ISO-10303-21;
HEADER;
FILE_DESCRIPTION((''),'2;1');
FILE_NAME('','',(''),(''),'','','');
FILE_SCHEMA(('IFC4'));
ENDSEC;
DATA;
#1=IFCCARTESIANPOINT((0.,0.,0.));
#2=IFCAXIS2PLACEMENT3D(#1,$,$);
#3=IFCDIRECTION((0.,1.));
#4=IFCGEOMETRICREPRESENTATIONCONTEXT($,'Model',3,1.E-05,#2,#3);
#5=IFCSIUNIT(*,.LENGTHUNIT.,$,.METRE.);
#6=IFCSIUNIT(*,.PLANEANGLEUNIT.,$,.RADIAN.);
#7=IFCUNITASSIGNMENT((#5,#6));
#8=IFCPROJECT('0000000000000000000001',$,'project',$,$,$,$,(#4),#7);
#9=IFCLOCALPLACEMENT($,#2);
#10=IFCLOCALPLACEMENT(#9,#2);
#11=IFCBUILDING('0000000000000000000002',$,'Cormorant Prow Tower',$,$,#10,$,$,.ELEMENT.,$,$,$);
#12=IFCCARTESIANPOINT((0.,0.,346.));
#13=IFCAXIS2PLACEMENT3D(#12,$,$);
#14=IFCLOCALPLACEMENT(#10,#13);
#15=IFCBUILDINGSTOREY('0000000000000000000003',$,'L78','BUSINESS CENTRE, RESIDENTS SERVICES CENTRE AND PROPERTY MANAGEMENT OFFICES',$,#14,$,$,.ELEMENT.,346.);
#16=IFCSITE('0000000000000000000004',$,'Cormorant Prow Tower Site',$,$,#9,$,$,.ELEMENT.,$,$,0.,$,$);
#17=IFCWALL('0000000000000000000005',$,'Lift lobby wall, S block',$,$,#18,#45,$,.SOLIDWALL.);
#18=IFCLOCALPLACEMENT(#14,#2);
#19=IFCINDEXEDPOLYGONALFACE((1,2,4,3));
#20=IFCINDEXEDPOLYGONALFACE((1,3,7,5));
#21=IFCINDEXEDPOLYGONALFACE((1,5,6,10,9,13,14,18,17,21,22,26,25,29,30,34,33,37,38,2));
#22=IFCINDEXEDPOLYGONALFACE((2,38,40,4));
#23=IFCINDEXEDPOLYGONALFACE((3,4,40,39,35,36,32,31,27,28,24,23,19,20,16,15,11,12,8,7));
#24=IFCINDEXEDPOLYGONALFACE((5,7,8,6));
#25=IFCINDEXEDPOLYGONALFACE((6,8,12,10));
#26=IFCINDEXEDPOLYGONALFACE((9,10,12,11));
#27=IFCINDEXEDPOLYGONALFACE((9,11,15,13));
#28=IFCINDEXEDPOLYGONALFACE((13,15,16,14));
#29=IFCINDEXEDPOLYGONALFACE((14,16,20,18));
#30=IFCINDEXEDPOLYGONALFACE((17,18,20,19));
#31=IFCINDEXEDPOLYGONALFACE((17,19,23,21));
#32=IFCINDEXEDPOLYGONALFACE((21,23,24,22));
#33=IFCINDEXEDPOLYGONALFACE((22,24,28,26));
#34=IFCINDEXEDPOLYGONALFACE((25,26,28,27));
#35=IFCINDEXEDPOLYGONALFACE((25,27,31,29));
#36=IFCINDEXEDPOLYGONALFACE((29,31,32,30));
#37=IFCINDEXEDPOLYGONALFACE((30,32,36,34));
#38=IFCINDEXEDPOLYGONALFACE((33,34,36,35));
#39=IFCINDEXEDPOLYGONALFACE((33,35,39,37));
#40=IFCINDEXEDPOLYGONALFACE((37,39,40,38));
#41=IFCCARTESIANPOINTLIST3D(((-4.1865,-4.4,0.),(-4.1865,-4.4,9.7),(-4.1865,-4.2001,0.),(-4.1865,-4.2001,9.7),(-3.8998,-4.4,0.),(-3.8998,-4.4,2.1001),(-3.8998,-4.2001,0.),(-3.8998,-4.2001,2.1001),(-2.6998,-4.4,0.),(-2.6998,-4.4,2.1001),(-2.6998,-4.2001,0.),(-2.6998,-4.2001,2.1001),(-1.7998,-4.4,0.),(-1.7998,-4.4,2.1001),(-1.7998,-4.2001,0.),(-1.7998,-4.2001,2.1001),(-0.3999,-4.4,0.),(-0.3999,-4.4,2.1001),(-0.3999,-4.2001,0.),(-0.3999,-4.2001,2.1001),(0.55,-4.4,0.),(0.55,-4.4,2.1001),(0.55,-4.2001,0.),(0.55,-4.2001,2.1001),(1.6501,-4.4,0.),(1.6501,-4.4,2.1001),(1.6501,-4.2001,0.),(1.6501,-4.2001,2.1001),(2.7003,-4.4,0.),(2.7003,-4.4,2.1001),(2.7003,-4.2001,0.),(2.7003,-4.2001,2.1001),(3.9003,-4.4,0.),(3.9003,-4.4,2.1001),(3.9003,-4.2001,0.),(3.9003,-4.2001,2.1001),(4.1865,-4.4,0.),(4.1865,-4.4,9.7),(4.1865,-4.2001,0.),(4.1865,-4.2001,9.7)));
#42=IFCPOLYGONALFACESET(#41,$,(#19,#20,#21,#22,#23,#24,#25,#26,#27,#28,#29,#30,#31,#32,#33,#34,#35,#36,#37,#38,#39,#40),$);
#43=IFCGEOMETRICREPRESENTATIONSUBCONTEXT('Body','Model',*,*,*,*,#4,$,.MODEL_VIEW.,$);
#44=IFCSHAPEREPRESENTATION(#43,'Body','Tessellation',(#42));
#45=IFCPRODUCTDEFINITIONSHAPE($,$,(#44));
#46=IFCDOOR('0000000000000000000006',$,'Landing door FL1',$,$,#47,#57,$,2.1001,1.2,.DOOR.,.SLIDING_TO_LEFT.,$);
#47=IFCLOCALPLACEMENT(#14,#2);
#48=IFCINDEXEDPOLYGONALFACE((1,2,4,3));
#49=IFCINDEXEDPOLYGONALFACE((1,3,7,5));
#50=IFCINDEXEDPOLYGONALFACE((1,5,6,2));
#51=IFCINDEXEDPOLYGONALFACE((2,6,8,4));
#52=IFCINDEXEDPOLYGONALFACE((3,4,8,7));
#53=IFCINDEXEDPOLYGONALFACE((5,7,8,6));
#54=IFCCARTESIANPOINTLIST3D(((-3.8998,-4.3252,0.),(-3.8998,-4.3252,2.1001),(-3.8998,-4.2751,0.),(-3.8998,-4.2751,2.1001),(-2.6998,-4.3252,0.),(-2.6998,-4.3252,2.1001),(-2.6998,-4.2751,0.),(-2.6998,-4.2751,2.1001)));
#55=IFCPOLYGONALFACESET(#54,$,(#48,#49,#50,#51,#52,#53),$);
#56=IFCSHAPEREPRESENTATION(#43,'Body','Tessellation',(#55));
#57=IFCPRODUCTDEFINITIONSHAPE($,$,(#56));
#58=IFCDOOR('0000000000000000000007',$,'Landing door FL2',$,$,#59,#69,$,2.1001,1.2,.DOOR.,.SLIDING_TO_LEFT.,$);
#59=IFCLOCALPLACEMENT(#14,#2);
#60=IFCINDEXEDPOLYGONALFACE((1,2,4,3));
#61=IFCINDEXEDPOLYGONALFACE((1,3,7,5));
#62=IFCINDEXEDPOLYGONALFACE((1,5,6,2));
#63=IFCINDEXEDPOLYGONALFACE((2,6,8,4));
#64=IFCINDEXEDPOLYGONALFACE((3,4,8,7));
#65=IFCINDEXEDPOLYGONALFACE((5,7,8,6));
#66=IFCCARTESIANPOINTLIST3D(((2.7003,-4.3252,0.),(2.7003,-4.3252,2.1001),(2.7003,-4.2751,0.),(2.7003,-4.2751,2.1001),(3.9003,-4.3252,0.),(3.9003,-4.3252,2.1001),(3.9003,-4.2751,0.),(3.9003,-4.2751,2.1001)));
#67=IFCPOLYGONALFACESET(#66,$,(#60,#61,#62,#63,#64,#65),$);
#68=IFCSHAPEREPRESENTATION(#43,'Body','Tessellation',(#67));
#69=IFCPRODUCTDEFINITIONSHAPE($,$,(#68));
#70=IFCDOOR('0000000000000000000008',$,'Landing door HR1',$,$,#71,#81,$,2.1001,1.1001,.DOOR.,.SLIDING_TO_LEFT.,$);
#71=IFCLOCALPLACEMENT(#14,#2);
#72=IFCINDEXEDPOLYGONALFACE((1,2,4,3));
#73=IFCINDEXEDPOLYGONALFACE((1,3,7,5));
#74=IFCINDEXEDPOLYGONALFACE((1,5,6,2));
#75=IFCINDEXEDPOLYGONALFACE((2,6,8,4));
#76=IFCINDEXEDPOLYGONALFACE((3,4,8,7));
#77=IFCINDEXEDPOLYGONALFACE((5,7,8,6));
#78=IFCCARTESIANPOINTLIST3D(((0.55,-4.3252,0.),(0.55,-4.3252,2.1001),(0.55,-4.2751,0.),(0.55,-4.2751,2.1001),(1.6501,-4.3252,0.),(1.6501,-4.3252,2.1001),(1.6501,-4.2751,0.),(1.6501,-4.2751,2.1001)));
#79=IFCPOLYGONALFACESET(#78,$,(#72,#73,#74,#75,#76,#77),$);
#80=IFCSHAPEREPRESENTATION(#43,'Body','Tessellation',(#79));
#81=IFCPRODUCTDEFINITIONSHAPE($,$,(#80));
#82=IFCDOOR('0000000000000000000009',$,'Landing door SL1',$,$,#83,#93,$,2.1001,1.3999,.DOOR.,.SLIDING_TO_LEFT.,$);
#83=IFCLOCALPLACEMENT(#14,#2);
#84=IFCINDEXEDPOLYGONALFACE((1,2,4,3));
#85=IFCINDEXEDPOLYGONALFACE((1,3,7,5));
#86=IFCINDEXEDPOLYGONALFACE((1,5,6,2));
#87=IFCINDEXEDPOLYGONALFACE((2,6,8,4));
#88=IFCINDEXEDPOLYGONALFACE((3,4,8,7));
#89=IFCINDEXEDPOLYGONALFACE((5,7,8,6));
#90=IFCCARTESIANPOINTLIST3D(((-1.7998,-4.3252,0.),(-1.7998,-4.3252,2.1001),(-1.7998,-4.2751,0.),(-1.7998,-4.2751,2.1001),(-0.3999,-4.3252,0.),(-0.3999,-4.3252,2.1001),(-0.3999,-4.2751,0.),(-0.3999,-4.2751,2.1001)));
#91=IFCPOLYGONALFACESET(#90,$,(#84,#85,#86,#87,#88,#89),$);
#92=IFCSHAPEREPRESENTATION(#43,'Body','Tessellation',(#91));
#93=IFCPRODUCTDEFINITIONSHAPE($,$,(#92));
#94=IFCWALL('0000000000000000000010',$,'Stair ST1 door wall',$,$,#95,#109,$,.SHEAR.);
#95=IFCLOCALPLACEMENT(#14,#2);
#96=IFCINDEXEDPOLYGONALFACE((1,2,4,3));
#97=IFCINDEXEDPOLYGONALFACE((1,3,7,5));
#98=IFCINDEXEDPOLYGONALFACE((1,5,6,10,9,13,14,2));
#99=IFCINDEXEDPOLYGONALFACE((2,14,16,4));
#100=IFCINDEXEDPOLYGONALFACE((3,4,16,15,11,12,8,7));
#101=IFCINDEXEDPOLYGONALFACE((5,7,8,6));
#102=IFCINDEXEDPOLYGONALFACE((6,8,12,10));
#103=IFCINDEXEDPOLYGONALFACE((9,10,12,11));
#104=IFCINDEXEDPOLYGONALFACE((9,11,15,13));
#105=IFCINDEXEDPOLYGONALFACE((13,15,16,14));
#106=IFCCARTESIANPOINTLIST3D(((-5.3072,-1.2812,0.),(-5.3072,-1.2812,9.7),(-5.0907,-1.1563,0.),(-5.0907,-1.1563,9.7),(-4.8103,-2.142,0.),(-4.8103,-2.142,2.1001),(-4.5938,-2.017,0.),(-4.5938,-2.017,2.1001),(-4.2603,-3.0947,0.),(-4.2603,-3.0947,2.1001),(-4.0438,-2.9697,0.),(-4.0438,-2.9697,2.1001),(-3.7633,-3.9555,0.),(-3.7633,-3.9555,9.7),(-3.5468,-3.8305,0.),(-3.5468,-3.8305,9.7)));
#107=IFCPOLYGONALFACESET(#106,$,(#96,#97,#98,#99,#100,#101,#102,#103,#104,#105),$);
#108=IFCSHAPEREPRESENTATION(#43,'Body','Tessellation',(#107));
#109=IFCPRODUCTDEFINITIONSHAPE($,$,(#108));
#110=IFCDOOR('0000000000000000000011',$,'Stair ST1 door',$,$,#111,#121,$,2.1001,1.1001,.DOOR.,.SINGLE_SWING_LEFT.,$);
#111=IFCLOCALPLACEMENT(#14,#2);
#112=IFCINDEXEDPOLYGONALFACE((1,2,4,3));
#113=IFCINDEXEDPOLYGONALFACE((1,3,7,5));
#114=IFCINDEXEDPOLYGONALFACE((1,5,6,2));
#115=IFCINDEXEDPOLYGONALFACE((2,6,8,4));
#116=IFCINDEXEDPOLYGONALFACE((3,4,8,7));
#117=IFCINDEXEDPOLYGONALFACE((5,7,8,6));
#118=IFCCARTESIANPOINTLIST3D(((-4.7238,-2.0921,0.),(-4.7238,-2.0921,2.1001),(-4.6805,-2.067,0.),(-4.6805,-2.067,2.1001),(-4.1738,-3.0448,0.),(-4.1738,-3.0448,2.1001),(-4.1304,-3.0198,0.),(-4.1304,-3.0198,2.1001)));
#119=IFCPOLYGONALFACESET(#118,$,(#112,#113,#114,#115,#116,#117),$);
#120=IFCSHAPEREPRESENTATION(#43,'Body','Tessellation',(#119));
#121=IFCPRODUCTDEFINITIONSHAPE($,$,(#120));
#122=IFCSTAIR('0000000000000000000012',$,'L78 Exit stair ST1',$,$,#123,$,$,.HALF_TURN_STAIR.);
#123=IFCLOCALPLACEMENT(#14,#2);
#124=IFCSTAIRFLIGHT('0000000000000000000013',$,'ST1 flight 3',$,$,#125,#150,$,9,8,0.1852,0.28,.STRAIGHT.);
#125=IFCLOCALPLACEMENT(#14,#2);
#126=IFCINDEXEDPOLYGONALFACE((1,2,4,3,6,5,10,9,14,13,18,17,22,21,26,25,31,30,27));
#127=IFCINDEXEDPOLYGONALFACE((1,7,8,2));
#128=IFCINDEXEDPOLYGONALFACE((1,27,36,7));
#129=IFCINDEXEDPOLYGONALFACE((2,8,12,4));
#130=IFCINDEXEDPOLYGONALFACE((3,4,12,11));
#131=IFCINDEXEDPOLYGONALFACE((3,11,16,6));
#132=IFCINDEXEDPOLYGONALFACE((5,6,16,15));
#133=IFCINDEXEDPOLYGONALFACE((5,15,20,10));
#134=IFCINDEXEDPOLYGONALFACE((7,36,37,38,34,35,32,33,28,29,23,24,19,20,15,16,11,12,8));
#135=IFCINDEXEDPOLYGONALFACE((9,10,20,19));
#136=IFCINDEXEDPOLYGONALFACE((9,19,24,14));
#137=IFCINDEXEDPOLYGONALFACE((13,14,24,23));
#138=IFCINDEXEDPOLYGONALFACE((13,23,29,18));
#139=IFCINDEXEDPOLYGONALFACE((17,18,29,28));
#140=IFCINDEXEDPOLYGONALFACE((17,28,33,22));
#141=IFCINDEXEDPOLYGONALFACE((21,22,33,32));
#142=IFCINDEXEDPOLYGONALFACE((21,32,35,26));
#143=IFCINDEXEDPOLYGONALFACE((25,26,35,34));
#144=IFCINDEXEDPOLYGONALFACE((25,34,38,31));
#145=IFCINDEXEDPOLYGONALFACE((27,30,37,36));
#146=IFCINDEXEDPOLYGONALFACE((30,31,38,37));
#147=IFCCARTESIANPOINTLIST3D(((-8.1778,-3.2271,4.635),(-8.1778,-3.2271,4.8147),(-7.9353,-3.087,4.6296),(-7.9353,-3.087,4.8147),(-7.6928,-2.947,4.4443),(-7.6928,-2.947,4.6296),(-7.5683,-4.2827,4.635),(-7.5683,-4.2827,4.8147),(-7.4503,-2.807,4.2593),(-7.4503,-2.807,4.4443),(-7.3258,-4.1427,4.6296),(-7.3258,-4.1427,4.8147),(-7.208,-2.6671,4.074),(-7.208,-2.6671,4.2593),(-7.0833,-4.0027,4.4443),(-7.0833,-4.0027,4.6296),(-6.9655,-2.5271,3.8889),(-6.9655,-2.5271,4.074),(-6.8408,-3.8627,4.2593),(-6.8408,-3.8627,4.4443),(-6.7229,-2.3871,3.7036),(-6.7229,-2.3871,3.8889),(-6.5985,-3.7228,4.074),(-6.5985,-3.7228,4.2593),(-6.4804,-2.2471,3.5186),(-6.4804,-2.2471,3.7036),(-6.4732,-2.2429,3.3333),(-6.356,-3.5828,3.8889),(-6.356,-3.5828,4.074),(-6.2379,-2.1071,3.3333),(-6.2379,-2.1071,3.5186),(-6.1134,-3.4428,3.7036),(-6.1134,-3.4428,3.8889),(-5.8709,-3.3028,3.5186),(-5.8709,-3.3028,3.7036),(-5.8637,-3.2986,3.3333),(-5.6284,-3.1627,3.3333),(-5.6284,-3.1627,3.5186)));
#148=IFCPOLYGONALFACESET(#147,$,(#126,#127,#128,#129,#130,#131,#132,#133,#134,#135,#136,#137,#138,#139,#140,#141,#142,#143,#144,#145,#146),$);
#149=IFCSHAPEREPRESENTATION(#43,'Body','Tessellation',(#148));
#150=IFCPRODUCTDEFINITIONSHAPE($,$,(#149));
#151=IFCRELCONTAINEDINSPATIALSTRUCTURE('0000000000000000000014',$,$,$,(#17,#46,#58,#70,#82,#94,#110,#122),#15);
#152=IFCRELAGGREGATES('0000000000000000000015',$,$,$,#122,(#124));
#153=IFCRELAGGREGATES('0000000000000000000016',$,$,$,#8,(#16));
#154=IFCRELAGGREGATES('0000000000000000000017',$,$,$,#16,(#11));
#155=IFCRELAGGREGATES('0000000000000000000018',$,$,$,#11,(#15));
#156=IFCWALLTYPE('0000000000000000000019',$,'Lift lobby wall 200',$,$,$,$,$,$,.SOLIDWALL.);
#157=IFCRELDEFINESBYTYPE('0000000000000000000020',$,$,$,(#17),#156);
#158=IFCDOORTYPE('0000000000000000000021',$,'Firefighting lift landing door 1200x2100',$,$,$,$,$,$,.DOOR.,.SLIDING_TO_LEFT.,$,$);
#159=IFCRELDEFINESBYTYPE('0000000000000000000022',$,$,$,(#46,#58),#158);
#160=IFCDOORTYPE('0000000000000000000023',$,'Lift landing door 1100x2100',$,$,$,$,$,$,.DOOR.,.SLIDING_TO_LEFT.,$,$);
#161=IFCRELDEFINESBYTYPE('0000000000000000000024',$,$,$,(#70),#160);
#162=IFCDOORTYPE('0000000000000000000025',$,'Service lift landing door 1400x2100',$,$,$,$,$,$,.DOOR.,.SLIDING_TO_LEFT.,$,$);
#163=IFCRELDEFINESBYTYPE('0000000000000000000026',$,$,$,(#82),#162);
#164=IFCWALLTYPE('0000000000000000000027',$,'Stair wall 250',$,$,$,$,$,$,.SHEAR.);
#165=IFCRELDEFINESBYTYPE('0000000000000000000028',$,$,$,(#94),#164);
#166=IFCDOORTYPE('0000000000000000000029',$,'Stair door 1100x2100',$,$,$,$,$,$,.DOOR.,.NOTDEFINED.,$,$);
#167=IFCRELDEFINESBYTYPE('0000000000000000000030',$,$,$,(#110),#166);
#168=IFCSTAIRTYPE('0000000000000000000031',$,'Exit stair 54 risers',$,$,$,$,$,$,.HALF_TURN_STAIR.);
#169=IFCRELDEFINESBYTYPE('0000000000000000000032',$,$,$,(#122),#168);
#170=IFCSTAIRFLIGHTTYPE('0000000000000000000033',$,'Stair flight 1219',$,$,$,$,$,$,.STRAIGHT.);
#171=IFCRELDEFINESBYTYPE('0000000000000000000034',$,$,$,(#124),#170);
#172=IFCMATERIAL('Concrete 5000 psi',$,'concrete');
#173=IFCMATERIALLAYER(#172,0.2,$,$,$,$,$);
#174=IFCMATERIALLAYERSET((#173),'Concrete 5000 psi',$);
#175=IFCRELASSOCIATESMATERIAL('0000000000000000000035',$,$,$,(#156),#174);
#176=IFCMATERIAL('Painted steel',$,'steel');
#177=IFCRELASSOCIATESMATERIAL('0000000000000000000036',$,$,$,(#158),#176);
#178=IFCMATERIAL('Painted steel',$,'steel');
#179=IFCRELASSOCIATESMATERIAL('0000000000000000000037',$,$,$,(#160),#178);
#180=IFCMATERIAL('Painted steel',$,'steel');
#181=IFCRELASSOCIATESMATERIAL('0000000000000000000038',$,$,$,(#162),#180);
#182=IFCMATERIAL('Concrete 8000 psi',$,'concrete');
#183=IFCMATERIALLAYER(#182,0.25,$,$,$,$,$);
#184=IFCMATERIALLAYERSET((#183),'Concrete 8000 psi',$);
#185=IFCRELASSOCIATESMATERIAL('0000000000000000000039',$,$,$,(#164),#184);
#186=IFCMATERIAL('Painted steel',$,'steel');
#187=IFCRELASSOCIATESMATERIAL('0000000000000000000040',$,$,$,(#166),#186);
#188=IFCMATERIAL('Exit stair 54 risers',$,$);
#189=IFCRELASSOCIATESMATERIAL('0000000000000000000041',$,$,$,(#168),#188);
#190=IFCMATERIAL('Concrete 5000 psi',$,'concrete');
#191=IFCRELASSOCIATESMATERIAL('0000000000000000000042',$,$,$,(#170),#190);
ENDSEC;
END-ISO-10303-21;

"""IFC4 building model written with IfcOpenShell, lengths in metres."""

from ifc_helpers import new_model, si_unit, direction, frame, frame_2d, origin, place, context, subcontext, project, spatial, polyline, rectangle, outline, extrude, material, layer, layer_set, type_object, element, fill, aggregate, save


model = new_model("IFC4")

# Units and contexts
model_context = context("Model", 3, precision=1e-05, world=origin(), true_north=direction((0.0, 1.0)))
body_context = subcontext(model_context, "Body", "Model", "MODEL_VIEW")
ifc_project = project(units=[si_unit("LENGTHUNIT", "METRE"), si_unit("PLANEANGLEUNIT", "RADIAN")], contexts=[model_context])

# Site, building, storey
site_placement = place(None, origin())
site = spatial("IfcSite", under=ifc_project, at=site_placement, Name="Cormorant Prow Tower Site", CompositionType="ELEMENT", RefElevation=0.0)
building_placement = place(site_placement, origin())
building = spatial("IfcBuilding", under=site, at=building_placement, Name="Cormorant Prow Tower", CompositionType="ELEMENT")
storey_placement = place(building_placement, frame((0.0, 0.0, 346.0)))
storey = spatial("IfcBuildingStorey", under=building, at=storey_placement, Name="L78", Description="BUSINESS CENTRE, RESIDENTS SERVICES CENTRE AND PROPERTY MANAGEMENT OFFICES", CompositionType="ELEMENT", Elevation=346.0)

# Wall, openings, doors
ifc_material_1 = material(Name="Concrete 5000 psi", Category="concrete")
ifc_layer_1 = layer(ifc_material_1, 0.2)
ifc_layer_set_1 = layer_set([ifc_layer_1], Name="Concrete 5000 psi")
wall_type_1 = type_object("IfcWallType", Name="Lift lobby wall 200", PredefinedType="SOLIDWALL", material=ifc_layer_set_1)
wall_1_placement = place(storey_placement, frame((-4.1865, -4.3, 0.0), z_axis=(0.0, 0.0, 1.0), x_axis=(1.0, 0.0, 0.0)))
wall_1 = element("IfcWall", 1, at=wall_1_placement, inside=storey, type_object=wall_type_1, Name="Lift lobby wall, S block", PredefinedType="SOLIDWALL", context=body_context, shape_type="SweptSolid", body=[
    extrude(rectangle(XDim=8.373, YDim=0.2, at=frame_2d((4.1865, 0.0))), origin(), (0.0, 0.0, 1.0), 9.7),
])
opening_1_placement = place(wall_1_placement, frame((0.2866, 0.0, 0.0)))
opening_1 = element("IfcOpeningElement", 2, at=opening_1_placement, cuts=wall_1, PredefinedType="OPENING", context=body_context, shape_type="SweptSolid", body=[
    extrude(rectangle(XDim=1.2, YDim=2.1001, at=frame_2d((0.6001, 1.05))), frame((0.0, 0.1099, 0.0), z_axis=(0.0, -1.0, 0.0), x_axis=(1.0, 0.0, 0.0)), (0.0, 0.0, 1.0), 0.22),
])
opening_2_placement = place(wall_1_placement, frame((2.3867, 0.0, 0.0)))
opening_2 = element("IfcOpeningElement", 3, at=opening_2_placement, cuts=wall_1, PredefinedType="OPENING", context=body_context, shape_type="SweptSolid", body=[
    extrude(rectangle(XDim=1.3999, YDim=2.1001, at=frame_2d((0.7, 1.05))), frame((0.0, 0.1099, 0.0), z_axis=(0.0, -1.0, 0.0), x_axis=(1.0, 0.0, 0.0)), (0.0, 0.0, 1.0), 0.22),
])
opening_3_placement = place(wall_1_placement, frame((4.7366, 0.0, 0.0)))
opening_3 = element("IfcOpeningElement", 4, at=opening_3_placement, cuts=wall_1, PredefinedType="OPENING", context=body_context, shape_type="SweptSolid", body=[
    extrude(rectangle(XDim=1.1001, YDim=2.1001, at=frame_2d((0.55, 1.05))), frame((0.0, 0.1099, 0.0), z_axis=(0.0, -1.0, 0.0), x_axis=(1.0, 0.0, 0.0)), (0.0, 0.0, 1.0), 0.22),
])
opening_4_placement = place(wall_1_placement, frame((6.8867, 0.0, 0.0)))
opening_4 = element("IfcOpeningElement", 5, at=opening_4_placement, cuts=wall_1, PredefinedType="OPENING", context=body_context, shape_type="SweptSolid", body=[
    extrude(rectangle(XDim=1.2, YDim=2.1001, at=frame_2d((0.6001, 1.05))), frame((0.0, 0.1099, 0.0), z_axis=(0.0, -1.0, 0.0), x_axis=(1.0, 0.0, 0.0)), (0.0, 0.0, 1.0), 0.22),
])
ifc_material_2 = material(Name="Painted steel", Category="steel")
door_type_1 = type_object("IfcDoorType", Name="Firefighting lift landing door 1200x2100", OperationType="SLIDING_TO_LEFT", PredefinedType="DOOR", material=ifc_material_2)
door_1_placement = place(opening_1_placement, origin())
door_1 = element("IfcDoor", 6, at=door_1_placement, inside=storey, type_object=door_type_1, Name="Landing door FL1", OperationType="SLIDING_TO_LEFT", OverallHeight=2.1001, OverallWidth=1.2, PredefinedType="DOOR", context=body_context, shape_type="SweptSolid", body=[
    extrude(rectangle(XDim=1.2, YDim=2.1001, at=frame_2d((0.6001, 1.05))), frame((0.0, 0.0249, 0.0), z_axis=(0.0, -1.0, 0.0), x_axis=(1.0, 0.0, 0.0)), (0.0, 0.0, 1.0), 0.05),
])
fill(opening_1, door_1)
door_2_placement = place(opening_4_placement, origin())
door_2 = element("IfcDoor", 7, at=door_2_placement, inside=storey, type_object=door_type_1, Name="Landing door FL2", OperationType="SLIDING_TO_LEFT", OverallHeight=2.1001, OverallWidth=1.2, PredefinedType="DOOR", context=body_context, shape_type="SweptSolid", body=[
    extrude(rectangle(XDim=1.2, YDim=2.1001, at=frame_2d((0.6001, 1.05))), frame((0.0, 0.0249, 0.0), z_axis=(0.0, -1.0, 0.0), x_axis=(1.0, 0.0, 0.0)), (0.0, 0.0, 1.0), 0.05),
])
fill(opening_4, door_2)
ifc_material_3 = material(Name="Painted steel", Category="steel")
door_type_2 = type_object("IfcDoorType", Name="Lift landing door 1100x2100", OperationType="SLIDING_TO_LEFT", PredefinedType="DOOR", material=ifc_material_3)
door_3_placement = place(opening_3_placement, origin())
door_3 = element("IfcDoor", 8, at=door_3_placement, inside=storey, type_object=door_type_2, Name="Landing door HR1", OperationType="SLIDING_TO_LEFT", OverallHeight=2.1001, OverallWidth=1.1001, PredefinedType="DOOR", context=body_context, shape_type="SweptSolid", body=[
    extrude(rectangle(XDim=1.1001, YDim=2.1001, at=frame_2d((0.55, 1.05))), frame((0.0, 0.0249, 0.0), z_axis=(0.0, -1.0, 0.0), x_axis=(1.0, 0.0, 0.0)), (0.0, 0.0, 1.0), 0.05),
])
fill(opening_3, door_3)
ifc_material_4 = material(Name="Painted steel", Category="steel")
door_type_3 = type_object("IfcDoorType", Name="Service lift landing door 1400x2100", OperationType="SLIDING_TO_LEFT", PredefinedType="DOOR", material=ifc_material_4)
door_4_placement = place(opening_2_placement, origin())
door_4 = element("IfcDoor", 9, at=door_4_placement, inside=storey, type_object=door_type_3, Name="Landing door SL1", OperationType="SLIDING_TO_LEFT", OverallHeight=2.1001, OverallWidth=1.3999, PredefinedType="DOOR", context=body_context, shape_type="SweptSolid", body=[
    extrude(rectangle(XDim=1.3999, YDim=2.1001, at=frame_2d((0.7, 1.05))), frame((0.0, 0.0249, 0.0), z_axis=(0.0, -1.0, 0.0), x_axis=(1.0, 0.0, 0.0)), (0.0, 0.0, 1.0), 0.05),
])
fill(opening_2, door_4)

# Wall, opening, door
ifc_material_5 = material(Name="Concrete 8000 psi", Category="concrete")
ifc_layer_2 = layer(ifc_material_5, 0.25)
ifc_layer_set_2 = layer_set([ifc_layer_2], Name="Concrete 8000 psi")
wall_type_2 = type_object("IfcWallType", Name="Stair wall 250", PredefinedType="SHEAR", material=ifc_layer_set_2)
wall_2_placement = place(storey_placement, frame((-5.199, -1.2188, 0.0), z_axis=(0.0, 0.0, 1.0), x_axis=(0.499983, -0.866035, 0.0)))
wall_2 = element("IfcWall", 10, at=wall_2_placement, inside=storey, type_object=wall_type_2, Name="Stair ST1 door wall", PredefinedType="SHEAR", context=body_context, shape_type="SweptSolid", body=[
    extrude(rectangle(XDim=3.0879, YDim=0.25, at=frame_2d((1.5439, 0.0))), origin(), (0.0, 0.0, 1.0), 9.7),
])
opening_5_placement = place(wall_2_placement, frame((0.9939, 0.0, 0.0)))
opening_5 = element("IfcOpeningElement", 11, at=opening_5_placement, cuts=wall_2, PredefinedType="OPENING", context=body_context, shape_type="SweptSolid", body=[
    extrude(rectangle(XDim=1.1001, YDim=2.1001, at=frame_2d((0.55, 1.05))), frame((0.0, 0.135, 0.0), z_axis=(0.0, -1.0, 0.0), x_axis=(1.0, 0.0, 0.0)), (0.0, 0.0, 1.0), 0.27),
])
ifc_material_6 = material(Name="Painted steel", Category="steel")
door_type_4 = type_object("IfcDoorType", Name="Stair door 1100x2100", OperationType="NOTDEFINED", PredefinedType="DOOR", material=ifc_material_6)
door_5_placement = place(opening_5_placement, origin())
door_5 = element("IfcDoor", 12, at=door_5_placement, inside=storey, type_object=door_type_4, Name="Stair ST1 door", OperationType="SINGLE_SWING_LEFT", OverallHeight=2.1001, OverallWidth=1.1001, PredefinedType="DOOR", context=body_context, shape_type="SweptSolid", body=[
    extrude(rectangle(XDim=1.1001, YDim=2.1001, at=frame_2d((0.55, 1.05))), frame((0.0, 0.0249, 0.0), z_axis=(0.0, -1.0, 0.0), x_axis=(1.0, 0.0, 0.0)), (0.0, 0.0, 1.0), 0.05),
])
fill(opening_5, door_5)

# Stair, stair flight
ifc_material_7 = material(Name="Exit stair 54 risers")
stair_type = type_object("IfcStairType", Name="Exit stair 54 risers", PredefinedType="HALF_TURN_STAIR", material=ifc_material_7)
stair_placement = place(storey_placement, origin())
stair = element("IfcStair", 13, at=stair_placement, inside=storey, type_object=stair_type, Name="L78 Exit stair ST1", PredefinedType="HALF_TURN_STAIR")
ifc_material_8 = material(Name="Concrete 5000 psi", Category="concrete")
stair_flight_type = type_object("IfcStairFlightType", Name="Stair flight 1219", PredefinedType="STRAIGHT", material=ifc_material_8)
stair_flight_1_placement = place(storey_placement, frame((-5.9331, -2.635, 3.3333), z_axis=(0.0, 0.0, 1.0), x_axis=(-0.866025, -0.5, 0.0)))
stair_flight_1 = element("IfcStairFlight", 14, at=stair_flight_1_placement, type_object=stair_flight_type, Name="ST1 flight 3", NumberOfRisers=9, NumberOfTreads=8, PredefinedType="STRAIGHT", RiserHeight=0.1852, TreadLength=0.28, context=body_context, shape_type="SweptSolid", body=[
    extrude(outline(polyline([(0.0, 0.0), (0.0, 0.1853), (0.28, 0.1853), (0.28, 0.3704), (0.5601, 0.3704), (0.5601, 0.5557), (0.8401, 0.5557), (0.8401, 0.7407), (1.1201, 0.7407), (1.1201, 0.926), (1.3999, 0.926), (1.3999, 1.1111), (1.6799, 1.1111), (1.6799, 1.2964), (1.96, 1.2964), (1.96, 1.4814), (2.24, 1.4814), (2.24, 1.6667), (2.24, 1.3018), (0.2717, 0.0), (0.0, 0.0)])), frame((0.0, 0.6094, 0.0), z_axis=(0.0, -1.0, 0.0), x_axis=(1.0, 0.0, 0.0)), (0.0, 0.0, 1.0), 1.219),
])
aggregate(stair, [stair_flight_1])

save(model, "model.ifc")
